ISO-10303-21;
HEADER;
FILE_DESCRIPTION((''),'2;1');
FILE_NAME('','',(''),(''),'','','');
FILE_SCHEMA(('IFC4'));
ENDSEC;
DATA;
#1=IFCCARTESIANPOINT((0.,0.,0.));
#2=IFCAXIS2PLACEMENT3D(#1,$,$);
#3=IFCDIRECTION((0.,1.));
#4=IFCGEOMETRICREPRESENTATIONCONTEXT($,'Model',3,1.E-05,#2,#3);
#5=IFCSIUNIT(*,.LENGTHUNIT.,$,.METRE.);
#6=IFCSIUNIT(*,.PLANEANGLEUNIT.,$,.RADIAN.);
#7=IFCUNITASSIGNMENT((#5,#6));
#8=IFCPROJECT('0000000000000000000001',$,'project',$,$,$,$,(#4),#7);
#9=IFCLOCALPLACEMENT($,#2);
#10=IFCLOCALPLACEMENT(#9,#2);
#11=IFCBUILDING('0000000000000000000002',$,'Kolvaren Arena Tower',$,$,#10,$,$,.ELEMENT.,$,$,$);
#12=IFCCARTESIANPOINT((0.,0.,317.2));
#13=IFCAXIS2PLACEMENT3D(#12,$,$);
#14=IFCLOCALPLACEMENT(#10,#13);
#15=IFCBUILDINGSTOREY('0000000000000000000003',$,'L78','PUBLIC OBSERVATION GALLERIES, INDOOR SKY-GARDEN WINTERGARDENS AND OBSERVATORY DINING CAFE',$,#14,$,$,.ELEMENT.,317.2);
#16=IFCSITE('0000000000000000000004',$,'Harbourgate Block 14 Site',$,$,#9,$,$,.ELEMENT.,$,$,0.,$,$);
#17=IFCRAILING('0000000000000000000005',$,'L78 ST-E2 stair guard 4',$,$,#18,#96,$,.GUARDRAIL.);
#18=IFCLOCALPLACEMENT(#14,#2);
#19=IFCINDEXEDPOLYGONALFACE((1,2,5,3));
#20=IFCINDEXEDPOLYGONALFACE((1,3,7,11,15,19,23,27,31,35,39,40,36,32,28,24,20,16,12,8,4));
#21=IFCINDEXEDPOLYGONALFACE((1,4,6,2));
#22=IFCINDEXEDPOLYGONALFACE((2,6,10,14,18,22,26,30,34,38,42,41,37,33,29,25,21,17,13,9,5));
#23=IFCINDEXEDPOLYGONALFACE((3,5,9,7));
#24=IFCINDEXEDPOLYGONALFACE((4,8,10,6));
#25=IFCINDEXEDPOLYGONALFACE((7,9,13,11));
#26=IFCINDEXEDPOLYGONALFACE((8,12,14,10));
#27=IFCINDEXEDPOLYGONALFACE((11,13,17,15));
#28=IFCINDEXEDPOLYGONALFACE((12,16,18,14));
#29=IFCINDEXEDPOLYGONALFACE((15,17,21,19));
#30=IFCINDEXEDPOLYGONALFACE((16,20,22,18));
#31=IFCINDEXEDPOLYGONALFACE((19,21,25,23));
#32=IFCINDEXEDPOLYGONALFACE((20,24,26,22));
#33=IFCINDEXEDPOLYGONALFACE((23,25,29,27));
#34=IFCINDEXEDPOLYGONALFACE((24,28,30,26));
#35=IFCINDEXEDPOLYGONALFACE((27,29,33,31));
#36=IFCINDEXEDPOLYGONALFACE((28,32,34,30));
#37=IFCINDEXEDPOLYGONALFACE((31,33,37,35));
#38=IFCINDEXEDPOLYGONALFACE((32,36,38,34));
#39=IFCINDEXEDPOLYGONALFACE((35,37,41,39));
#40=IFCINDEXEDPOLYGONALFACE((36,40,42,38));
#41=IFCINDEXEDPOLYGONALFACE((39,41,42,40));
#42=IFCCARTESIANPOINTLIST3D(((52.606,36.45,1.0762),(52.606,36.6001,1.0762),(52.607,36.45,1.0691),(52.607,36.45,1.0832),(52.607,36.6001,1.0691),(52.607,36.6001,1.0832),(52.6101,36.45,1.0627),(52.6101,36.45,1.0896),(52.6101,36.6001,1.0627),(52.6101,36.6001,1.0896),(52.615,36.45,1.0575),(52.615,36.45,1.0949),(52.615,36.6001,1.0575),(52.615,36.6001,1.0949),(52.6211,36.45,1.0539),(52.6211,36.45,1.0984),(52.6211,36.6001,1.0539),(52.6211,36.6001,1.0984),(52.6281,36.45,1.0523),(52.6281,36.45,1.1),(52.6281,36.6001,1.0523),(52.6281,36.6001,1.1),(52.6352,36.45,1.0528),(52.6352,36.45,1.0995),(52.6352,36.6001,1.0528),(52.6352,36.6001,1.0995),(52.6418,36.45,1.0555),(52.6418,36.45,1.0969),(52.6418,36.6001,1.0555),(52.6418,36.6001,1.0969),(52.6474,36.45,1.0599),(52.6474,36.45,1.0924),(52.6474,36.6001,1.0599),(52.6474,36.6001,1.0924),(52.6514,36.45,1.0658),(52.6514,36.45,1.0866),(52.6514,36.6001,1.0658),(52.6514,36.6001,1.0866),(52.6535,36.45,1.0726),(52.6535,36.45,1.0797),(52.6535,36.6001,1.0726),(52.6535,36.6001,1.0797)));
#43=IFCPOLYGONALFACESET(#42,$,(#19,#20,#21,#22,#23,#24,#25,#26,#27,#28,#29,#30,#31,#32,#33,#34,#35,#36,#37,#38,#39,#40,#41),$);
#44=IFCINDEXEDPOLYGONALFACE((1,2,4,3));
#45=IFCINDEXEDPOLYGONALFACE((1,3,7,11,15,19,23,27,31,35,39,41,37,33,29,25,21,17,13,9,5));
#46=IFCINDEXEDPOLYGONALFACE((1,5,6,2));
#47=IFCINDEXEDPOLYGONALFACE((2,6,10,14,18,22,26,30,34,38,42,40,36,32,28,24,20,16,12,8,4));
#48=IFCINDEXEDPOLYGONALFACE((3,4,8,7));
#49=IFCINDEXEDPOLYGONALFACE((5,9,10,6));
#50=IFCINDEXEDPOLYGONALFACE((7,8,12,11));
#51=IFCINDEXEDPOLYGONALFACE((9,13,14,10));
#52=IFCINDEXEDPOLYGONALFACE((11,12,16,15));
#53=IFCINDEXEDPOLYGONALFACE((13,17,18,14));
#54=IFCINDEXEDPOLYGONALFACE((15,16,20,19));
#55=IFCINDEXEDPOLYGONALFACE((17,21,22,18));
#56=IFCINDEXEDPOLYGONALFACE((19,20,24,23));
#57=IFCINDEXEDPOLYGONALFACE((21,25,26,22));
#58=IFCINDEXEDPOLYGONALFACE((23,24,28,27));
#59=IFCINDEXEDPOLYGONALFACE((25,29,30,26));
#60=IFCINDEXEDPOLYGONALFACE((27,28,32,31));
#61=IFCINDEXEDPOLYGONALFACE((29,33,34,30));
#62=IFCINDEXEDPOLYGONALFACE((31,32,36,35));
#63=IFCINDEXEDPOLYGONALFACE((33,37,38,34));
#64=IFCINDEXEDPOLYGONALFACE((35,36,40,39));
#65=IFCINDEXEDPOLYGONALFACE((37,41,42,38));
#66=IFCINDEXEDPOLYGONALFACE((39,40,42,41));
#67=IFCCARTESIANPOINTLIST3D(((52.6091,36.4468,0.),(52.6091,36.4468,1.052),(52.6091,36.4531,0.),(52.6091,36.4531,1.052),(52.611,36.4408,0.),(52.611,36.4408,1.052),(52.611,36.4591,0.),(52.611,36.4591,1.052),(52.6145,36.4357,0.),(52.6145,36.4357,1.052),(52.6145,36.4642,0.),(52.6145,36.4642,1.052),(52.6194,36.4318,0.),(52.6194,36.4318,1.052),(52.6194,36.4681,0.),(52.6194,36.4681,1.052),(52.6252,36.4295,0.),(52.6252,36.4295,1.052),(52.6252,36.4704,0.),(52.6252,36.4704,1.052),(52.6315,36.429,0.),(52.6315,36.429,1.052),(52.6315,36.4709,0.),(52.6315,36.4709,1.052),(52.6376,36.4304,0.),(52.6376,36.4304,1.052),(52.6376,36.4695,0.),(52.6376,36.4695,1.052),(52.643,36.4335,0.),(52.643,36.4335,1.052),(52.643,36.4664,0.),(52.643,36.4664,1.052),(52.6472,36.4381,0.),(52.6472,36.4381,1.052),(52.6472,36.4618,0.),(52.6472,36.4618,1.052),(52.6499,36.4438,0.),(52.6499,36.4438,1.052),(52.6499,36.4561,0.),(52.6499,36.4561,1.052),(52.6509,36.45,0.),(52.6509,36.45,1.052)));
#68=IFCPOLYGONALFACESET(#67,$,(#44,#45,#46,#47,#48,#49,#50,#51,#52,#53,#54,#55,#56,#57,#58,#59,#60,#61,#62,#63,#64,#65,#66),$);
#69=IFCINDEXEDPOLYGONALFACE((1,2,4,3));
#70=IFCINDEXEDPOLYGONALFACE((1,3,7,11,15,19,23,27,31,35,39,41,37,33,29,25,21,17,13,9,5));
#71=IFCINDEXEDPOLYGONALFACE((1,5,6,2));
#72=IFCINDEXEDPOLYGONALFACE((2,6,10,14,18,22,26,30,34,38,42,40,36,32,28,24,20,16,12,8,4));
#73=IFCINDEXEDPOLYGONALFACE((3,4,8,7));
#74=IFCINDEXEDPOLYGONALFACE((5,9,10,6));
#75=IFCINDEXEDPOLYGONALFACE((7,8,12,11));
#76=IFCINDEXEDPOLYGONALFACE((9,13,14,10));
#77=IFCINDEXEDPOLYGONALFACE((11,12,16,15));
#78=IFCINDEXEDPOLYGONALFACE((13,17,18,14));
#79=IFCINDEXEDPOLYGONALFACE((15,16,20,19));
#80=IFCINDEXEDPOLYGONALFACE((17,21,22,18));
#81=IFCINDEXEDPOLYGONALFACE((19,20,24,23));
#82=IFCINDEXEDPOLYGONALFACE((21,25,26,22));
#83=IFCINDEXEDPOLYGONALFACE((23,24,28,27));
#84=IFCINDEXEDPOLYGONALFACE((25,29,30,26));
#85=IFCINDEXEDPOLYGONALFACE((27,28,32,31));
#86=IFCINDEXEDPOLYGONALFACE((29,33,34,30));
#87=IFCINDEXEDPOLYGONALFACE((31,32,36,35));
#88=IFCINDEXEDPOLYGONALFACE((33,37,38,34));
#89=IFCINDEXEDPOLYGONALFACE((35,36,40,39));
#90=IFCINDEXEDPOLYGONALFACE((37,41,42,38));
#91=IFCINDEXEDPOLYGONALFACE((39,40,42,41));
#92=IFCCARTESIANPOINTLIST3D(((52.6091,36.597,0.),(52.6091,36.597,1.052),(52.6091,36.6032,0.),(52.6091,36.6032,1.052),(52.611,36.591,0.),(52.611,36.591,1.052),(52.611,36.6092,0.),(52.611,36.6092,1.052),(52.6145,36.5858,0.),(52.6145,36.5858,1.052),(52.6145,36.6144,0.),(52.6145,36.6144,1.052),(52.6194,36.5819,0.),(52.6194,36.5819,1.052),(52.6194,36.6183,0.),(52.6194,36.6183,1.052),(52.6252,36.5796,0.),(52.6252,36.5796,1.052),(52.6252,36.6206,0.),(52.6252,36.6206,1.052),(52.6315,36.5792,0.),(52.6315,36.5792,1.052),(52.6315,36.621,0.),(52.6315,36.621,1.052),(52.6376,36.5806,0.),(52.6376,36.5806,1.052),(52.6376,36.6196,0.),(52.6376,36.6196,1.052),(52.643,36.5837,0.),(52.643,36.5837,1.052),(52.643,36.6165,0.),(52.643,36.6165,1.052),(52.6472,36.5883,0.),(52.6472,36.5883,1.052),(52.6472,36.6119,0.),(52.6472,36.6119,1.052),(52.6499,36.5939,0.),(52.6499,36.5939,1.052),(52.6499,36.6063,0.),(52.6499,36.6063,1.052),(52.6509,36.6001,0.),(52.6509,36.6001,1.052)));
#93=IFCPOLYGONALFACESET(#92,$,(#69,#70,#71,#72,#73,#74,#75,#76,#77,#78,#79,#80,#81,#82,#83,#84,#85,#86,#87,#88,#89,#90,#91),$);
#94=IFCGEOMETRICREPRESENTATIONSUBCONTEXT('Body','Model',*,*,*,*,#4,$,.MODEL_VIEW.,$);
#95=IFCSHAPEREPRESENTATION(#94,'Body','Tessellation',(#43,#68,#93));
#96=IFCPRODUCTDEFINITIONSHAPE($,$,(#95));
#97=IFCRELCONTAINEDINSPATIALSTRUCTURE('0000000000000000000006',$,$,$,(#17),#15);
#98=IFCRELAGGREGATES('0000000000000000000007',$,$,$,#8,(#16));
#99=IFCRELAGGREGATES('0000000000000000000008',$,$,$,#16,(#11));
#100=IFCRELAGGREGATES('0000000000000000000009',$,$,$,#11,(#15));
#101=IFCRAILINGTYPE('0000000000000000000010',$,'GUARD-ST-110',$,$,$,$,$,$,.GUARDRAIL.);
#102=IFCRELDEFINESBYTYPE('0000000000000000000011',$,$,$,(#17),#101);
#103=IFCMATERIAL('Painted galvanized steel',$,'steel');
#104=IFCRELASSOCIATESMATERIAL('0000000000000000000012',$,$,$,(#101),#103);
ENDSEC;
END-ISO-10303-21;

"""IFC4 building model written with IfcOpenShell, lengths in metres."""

from ifc_helpers import new_model, si_unit, direction, frame, origin, origin_2d, place, context, subcontext, project, spatial, circle, extrude, material, type_object, element, save


model = new_model("IFC4")

# Units and contexts
model_context = context("Model", 3, precision=1e-05, world=origin(), true_north=direction((0.0, 1.0)))
body_context = subcontext(model_context, "Body", "Model", "MODEL_VIEW")
ifc_project = project(units=[si_unit("LENGTHUNIT", "METRE"), si_unit("PLANEANGLEUNIT", "RADIAN")], contexts=[model_context])

# Site, building, storey
site_placement = place(None, origin())
site = spatial("IfcSite", under=ifc_project, at=site_placement, Name="Harbourgate Block 14 Site", CompositionType="ELEMENT", RefElevation=0.0)
building_placement = place(site_placement, origin())
building = spatial("IfcBuilding", under=site, at=building_placement, Name="Kolvaren Arena Tower", CompositionType="ELEMENT")
storey_placement = place(building_placement, frame((0.0, 0.0, 317.2)))
storey = spatial("IfcBuildingStorey", under=building, at=storey_placement, Name="L78", Description="PUBLIC OBSERVATION GALLERIES, INDOOR SKY-GARDEN WINTERGARDENS AND OBSERVATORY DINING CAFE", CompositionType="ELEMENT", Elevation=317.2)

# Railing
ifc_material_1 = material(Name="Painted galvanized steel", Category="steel")
railing_type = type_object("IfcRailingType", Name="GUARD-ST-110", PredefinedType="GUARDRAIL", material=ifc_material_1)
railing_placement = place(storey_placement, frame((52.6299, 36.45, 0.0)))
element("IfcRailing", 1, at=railing_placement, inside=storey, type_object=railing_type, Name="L78 ST-E2 stair guard 4", PredefinedType="GUARDRAIL", context=body_context, shape_type="SweptSolid", body=[
    extrude(circle(Radius=0.0239, at=origin_2d()), frame((0.0, 0.0, 1.0762), z_axis=(0.0, 1.0, 0.0), x_axis=(-1.0, 0.0, 0.0)), (0.0, 0.0, 1.0), 0.1501),
    extrude(circle(Radius=0.021, at=origin_2d()), origin(), (0.0, 0.0, 1.0), 1.052),
    extrude(circle(Radius=0.021, at=origin_2d()), frame((0.0, 0.1501, 0.0)), (0.0, 0.0, 1.0), 1.052),
])

save(model, "model.ifc")
